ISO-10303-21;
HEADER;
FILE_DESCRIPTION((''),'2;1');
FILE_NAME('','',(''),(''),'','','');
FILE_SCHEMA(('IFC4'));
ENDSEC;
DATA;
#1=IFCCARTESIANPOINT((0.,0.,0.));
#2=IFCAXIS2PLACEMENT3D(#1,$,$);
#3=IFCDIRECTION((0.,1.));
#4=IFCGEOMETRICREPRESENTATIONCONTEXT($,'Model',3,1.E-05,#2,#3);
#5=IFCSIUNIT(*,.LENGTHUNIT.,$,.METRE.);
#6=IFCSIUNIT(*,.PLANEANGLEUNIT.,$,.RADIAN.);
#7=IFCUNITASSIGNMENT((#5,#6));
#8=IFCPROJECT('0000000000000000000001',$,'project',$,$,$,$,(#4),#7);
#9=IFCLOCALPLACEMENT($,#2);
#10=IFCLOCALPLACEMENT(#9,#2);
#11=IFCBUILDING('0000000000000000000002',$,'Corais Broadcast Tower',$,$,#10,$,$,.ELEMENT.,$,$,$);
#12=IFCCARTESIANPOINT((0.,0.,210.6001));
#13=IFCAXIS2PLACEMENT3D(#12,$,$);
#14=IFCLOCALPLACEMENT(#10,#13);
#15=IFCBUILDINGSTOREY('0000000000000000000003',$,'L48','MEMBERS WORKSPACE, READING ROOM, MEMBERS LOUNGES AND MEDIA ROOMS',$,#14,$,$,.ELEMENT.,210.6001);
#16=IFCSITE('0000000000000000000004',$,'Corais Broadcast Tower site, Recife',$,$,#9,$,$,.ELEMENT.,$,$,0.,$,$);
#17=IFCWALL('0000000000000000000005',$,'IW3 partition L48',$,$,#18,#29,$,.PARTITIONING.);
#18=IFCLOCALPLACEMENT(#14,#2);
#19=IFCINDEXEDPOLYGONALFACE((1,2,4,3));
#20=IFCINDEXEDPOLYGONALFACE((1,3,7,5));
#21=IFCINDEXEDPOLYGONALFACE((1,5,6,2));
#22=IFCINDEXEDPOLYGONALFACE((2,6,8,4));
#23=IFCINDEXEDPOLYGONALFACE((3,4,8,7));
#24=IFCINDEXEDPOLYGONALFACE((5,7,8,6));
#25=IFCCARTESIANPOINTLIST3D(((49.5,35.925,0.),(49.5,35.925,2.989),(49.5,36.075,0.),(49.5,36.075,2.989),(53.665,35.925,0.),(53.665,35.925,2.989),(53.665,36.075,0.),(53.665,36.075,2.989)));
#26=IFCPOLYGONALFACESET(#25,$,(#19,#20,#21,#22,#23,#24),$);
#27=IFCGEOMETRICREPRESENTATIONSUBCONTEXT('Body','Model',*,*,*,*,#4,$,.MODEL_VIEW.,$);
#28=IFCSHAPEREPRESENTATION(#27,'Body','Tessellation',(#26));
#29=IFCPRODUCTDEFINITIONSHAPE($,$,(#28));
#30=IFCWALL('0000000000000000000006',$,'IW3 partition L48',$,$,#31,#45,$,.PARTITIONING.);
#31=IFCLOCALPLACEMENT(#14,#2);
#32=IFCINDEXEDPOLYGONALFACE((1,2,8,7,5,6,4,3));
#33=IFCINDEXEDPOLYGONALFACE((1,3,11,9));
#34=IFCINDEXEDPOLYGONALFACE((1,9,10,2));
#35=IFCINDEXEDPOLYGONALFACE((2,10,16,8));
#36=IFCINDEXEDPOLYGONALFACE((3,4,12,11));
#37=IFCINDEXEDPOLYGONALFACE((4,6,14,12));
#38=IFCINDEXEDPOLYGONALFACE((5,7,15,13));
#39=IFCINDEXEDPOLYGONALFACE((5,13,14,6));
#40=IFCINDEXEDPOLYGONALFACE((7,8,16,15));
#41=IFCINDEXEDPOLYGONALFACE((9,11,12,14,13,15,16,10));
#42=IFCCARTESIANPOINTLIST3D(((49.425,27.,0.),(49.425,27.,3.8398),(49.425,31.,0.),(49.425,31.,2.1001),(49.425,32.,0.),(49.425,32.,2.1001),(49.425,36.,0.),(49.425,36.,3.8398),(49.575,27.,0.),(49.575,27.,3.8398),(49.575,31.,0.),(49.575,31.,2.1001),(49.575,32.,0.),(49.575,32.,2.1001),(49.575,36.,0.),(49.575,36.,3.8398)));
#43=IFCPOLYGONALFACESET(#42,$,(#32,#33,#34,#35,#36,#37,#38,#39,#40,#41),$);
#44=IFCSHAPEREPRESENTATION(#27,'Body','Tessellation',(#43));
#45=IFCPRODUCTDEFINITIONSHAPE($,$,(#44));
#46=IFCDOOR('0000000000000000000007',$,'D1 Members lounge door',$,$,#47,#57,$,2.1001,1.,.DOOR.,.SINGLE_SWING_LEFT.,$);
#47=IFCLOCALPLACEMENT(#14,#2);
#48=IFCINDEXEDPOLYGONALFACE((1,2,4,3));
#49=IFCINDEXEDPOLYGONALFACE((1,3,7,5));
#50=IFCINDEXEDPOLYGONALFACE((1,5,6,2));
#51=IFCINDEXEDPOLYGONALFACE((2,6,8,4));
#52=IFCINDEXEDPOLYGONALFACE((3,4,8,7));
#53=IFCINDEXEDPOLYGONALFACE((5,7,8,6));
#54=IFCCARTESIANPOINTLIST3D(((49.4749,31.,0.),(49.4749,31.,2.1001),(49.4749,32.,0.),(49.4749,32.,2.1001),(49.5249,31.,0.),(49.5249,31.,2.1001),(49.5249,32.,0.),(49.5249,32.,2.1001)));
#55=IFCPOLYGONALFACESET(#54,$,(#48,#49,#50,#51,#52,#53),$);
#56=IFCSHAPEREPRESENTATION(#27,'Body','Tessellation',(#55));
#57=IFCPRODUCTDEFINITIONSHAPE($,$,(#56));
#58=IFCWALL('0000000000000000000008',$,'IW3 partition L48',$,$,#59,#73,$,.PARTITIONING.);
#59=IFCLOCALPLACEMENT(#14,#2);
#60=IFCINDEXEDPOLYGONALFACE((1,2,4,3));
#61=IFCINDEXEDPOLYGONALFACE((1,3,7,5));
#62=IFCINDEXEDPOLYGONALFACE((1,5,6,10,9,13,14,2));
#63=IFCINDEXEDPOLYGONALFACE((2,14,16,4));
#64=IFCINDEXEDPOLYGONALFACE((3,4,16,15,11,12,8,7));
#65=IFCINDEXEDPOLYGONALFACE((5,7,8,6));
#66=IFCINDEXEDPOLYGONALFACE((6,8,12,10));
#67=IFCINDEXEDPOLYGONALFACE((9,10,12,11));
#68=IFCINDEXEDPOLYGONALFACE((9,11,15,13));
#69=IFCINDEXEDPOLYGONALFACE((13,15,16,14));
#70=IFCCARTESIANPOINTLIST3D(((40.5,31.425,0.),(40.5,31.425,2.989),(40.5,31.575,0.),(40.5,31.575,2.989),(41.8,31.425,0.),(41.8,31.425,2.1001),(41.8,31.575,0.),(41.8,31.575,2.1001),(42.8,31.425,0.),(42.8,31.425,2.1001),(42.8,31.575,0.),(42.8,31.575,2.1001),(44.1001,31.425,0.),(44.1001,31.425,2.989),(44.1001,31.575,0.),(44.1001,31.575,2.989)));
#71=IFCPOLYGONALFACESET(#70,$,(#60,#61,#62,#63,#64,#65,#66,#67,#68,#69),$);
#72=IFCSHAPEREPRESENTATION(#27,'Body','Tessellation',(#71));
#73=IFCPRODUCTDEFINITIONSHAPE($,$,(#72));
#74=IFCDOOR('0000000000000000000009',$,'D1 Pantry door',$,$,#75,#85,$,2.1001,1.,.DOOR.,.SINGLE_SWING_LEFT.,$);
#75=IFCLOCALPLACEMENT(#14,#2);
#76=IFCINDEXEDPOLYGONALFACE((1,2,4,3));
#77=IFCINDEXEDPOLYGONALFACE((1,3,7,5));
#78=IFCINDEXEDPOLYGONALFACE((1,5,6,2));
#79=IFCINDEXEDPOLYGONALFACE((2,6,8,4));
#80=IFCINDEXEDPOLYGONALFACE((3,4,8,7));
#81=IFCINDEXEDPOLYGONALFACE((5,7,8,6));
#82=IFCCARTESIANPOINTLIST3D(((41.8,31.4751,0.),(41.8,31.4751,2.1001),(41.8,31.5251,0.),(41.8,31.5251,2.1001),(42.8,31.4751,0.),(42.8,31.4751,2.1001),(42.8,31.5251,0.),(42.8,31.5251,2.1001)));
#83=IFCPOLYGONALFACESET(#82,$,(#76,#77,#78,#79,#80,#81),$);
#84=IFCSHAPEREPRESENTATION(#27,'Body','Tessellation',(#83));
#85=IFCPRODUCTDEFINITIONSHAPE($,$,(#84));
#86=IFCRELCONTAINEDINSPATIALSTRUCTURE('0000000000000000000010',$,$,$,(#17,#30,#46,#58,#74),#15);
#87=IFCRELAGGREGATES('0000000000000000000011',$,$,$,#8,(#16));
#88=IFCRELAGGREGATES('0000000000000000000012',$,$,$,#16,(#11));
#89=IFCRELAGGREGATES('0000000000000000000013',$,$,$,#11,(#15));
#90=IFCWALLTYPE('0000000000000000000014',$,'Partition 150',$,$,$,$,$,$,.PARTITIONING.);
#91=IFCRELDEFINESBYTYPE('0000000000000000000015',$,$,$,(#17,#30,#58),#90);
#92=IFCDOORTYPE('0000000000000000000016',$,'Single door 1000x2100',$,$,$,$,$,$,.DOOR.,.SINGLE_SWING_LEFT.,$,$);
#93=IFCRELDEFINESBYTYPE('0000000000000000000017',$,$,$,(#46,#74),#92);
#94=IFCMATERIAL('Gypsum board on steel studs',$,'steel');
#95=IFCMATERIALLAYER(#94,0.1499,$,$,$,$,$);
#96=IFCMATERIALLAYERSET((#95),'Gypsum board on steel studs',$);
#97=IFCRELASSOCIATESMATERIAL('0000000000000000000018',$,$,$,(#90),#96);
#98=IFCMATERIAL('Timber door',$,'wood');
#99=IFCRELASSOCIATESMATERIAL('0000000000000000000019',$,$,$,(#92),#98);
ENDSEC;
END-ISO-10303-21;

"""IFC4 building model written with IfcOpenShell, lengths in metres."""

from ifc_helpers import new_model, si_unit, direction, frame, frame_2d, origin, place, context, subcontext, project, spatial, rectangle, extrude, material, layer, layer_set, type_object, element, fill, save


model = new_model("IFC4")

# Units and contexts
model_context = context("Model", 3, precision=1e-05, world=origin(), true_north=direction((0.0, 1.0)))
body_context = subcontext(model_context, "Body", "Model", "MODEL_VIEW")
ifc_project = project(units=[si_unit("LENGTHUNIT", "METRE"), si_unit("PLANEANGLEUNIT", "RADIAN")], contexts=[model_context])

# Site, building, storey
site_placement = place(None, origin())
site = spatial("IfcSite", under=ifc_project, at=site_placement, Name="Corais Broadcast Tower site, Recife", CompositionType="ELEMENT", RefElevation=0.0)
building_placement = place(site_placement, origin())
building = spatial("IfcBuilding", under=site, at=building_placement, Name="Corais Broadcast Tower", CompositionType="ELEMENT")
storey_placement = place(building_placement, frame((0.0, 0.0, 210.6001)))
storey = spatial("IfcBuildingStorey", under=building, at=storey_placement, Name="L48", Description="MEMBERS WORKSPACE, READING ROOM, MEMBERS LOUNGES AND MEDIA ROOMS", CompositionType="ELEMENT", Elevation=210.6001)

# Shared definitions
ifc_material_1 = material(Name="Gypsum board on steel studs", Category="steel")
ifc_layer_1 = layer(ifc_material_1, 0.1499)
ifc_layer_set_1 = layer_set([ifc_layer_1], Name="Gypsum board on steel studs")
wall_type = type_object("IfcWallType", Name="Partition 150", PredefinedType="PARTITIONING", material=ifc_layer_set_1)

# Shared definitions
ifc_material_2 = material(Name="Timber door", Category="wood")
door_type = type_object("IfcDoorType", Name="Single door 1000x2100", OperationType="SINGLE_SWING_LEFT", PredefinedType="DOOR", material=ifc_material_2)

# Wall
wall_1_placement = place(storey_placement, frame((53.665, 36.0, 0.0), z_axis=(0.0, 0.0, 1.0), x_axis=(-1.0, 0.0, 0.0)))
element("IfcWall", 1, at=wall_1_placement, inside=storey, type_object=wall_type, Name="IW3 partition L48", PredefinedType="PARTITIONING", context=body_context, shape_type="SweptSolid", body=[
    extrude(rectangle(XDim=4.165, YDim=0.1499, at=frame_2d((2.0825, 0.0))), origin(), (0.0, 0.0, 1.0), 2.989),
])

# Walls, openings, doors
wall_2_placement = place(storey_placement, frame((49.5, 36.0, 0.0), z_axis=(0.0, 0.0, 1.0), x_axis=(0.0, -1.0, 0.0)))
wall_2 = element("IfcWall", 2, at=wall_2_placement, inside=storey, type_object=wall_type, Name="IW3 partition L48", PredefinedType="PARTITIONING", context=body_context, shape_type="SweptSolid", body=[
    extrude(rectangle(XDim=9.0, YDim=0.1499, at=frame_2d((4.5, 0.0))), origin(), (0.0, 0.0, 1.0), 3.8398),
])
opening_1_placement = place(wall_2_placement, frame((4.0, 0.0, 0.0)))
opening_1 = element("IfcOpeningElement", 3, at=opening_1_placement, cuts=wall_2, PredefinedType="OPENING", context=body_context, shape_type="SweptSolid", body=[
    extrude(rectangle(XDim=1.0, YDim=2.1001, at=frame_2d((0.5, 1.05))), frame((0.0, 0.085, 0.0), z_axis=(0.0, -1.0, 0.0), x_axis=(1.0, 0.0, 0.0)), (0.0, 0.0, 1.0), 0.1699),
])
door_1_placement = place(opening_1_placement, origin())
door_1 = element("IfcDoor", 4, at=door_1_placement, inside=storey, type_object=door_type, Name="D1 Members lounge door", OperationType="SINGLE_SWING_LEFT", OverallHeight=2.1001, OverallWidth=1.0, PredefinedType="DOOR", context=body_context, shape_type="SweptSolid", body=[
    extrude(rectangle(XDim=1.0, YDim=2.1001, at=frame_2d((0.5, 1.05))), frame((0.0, 0.0249, 0.0), z_axis=(0.0, -1.0, 0.0), x_axis=(1.0, 0.0, 0.0)), (0.0, 0.0, 1.0), 0.05),
])
fill(opening_1, door_1)
wall_3_placement = place(storey_placement, frame((44.1001, 31.5, 0.0), z_axis=(0.0, 0.0, 1.0), x_axis=(-1.0, 0.0, 0.0)))
wall_3 = element("IfcWall", 5, at=wall_3_placement, inside=storey, type_object=wall_type, Name="IW3 partition L48", PredefinedType="PARTITIONING", context=body_context, shape_type="SweptSolid", body=[
    extrude(rectangle(XDim=3.6001, YDim=0.1499, at=frame_2d((1.8, 0.0))), origin(), (0.0, 0.0, 1.0), 2.989),
])
opening_2_placement = place(wall_3_placement, frame((1.3, 0.0, 0.0)))
opening_2 = element("IfcOpeningElement", 6, at=opening_2_placement, cuts=wall_3, PredefinedType="OPENING", context=body_context, shape_type="SweptSolid", body=[
    extrude(rectangle(XDim=1.0, YDim=2.1001, at=frame_2d((0.5, 1.05))), frame((0.0, 0.085, 0.0), z_axis=(0.0, -1.0, 0.0), x_axis=(1.0, 0.0, 0.0)), (0.0, 0.0, 1.0), 0.1699),
])
door_2_placement = place(opening_2_placement, origin())
door_2 = element("IfcDoor", 7, at=door_2_placement, inside=storey, type_object=door_type, Name="D1 Pantry door", OperationType="SINGLE_SWING_LEFT", OverallHeight=2.1001, OverallWidth=1.0, PredefinedType="DOOR", context=body_context, shape_type="SweptSolid", body=[
    extrude(rectangle(XDim=1.0, YDim=2.1001, at=frame_2d((0.5, 1.05))), frame((0.0, 0.0249, 0.0), z_axis=(0.0, -1.0, 0.0), x_axis=(1.0, 0.0, 0.0)), (0.0, 0.0, 1.0), 0.05),
])
fill(opening_2, door_2)

save(model, "model.ifc")
